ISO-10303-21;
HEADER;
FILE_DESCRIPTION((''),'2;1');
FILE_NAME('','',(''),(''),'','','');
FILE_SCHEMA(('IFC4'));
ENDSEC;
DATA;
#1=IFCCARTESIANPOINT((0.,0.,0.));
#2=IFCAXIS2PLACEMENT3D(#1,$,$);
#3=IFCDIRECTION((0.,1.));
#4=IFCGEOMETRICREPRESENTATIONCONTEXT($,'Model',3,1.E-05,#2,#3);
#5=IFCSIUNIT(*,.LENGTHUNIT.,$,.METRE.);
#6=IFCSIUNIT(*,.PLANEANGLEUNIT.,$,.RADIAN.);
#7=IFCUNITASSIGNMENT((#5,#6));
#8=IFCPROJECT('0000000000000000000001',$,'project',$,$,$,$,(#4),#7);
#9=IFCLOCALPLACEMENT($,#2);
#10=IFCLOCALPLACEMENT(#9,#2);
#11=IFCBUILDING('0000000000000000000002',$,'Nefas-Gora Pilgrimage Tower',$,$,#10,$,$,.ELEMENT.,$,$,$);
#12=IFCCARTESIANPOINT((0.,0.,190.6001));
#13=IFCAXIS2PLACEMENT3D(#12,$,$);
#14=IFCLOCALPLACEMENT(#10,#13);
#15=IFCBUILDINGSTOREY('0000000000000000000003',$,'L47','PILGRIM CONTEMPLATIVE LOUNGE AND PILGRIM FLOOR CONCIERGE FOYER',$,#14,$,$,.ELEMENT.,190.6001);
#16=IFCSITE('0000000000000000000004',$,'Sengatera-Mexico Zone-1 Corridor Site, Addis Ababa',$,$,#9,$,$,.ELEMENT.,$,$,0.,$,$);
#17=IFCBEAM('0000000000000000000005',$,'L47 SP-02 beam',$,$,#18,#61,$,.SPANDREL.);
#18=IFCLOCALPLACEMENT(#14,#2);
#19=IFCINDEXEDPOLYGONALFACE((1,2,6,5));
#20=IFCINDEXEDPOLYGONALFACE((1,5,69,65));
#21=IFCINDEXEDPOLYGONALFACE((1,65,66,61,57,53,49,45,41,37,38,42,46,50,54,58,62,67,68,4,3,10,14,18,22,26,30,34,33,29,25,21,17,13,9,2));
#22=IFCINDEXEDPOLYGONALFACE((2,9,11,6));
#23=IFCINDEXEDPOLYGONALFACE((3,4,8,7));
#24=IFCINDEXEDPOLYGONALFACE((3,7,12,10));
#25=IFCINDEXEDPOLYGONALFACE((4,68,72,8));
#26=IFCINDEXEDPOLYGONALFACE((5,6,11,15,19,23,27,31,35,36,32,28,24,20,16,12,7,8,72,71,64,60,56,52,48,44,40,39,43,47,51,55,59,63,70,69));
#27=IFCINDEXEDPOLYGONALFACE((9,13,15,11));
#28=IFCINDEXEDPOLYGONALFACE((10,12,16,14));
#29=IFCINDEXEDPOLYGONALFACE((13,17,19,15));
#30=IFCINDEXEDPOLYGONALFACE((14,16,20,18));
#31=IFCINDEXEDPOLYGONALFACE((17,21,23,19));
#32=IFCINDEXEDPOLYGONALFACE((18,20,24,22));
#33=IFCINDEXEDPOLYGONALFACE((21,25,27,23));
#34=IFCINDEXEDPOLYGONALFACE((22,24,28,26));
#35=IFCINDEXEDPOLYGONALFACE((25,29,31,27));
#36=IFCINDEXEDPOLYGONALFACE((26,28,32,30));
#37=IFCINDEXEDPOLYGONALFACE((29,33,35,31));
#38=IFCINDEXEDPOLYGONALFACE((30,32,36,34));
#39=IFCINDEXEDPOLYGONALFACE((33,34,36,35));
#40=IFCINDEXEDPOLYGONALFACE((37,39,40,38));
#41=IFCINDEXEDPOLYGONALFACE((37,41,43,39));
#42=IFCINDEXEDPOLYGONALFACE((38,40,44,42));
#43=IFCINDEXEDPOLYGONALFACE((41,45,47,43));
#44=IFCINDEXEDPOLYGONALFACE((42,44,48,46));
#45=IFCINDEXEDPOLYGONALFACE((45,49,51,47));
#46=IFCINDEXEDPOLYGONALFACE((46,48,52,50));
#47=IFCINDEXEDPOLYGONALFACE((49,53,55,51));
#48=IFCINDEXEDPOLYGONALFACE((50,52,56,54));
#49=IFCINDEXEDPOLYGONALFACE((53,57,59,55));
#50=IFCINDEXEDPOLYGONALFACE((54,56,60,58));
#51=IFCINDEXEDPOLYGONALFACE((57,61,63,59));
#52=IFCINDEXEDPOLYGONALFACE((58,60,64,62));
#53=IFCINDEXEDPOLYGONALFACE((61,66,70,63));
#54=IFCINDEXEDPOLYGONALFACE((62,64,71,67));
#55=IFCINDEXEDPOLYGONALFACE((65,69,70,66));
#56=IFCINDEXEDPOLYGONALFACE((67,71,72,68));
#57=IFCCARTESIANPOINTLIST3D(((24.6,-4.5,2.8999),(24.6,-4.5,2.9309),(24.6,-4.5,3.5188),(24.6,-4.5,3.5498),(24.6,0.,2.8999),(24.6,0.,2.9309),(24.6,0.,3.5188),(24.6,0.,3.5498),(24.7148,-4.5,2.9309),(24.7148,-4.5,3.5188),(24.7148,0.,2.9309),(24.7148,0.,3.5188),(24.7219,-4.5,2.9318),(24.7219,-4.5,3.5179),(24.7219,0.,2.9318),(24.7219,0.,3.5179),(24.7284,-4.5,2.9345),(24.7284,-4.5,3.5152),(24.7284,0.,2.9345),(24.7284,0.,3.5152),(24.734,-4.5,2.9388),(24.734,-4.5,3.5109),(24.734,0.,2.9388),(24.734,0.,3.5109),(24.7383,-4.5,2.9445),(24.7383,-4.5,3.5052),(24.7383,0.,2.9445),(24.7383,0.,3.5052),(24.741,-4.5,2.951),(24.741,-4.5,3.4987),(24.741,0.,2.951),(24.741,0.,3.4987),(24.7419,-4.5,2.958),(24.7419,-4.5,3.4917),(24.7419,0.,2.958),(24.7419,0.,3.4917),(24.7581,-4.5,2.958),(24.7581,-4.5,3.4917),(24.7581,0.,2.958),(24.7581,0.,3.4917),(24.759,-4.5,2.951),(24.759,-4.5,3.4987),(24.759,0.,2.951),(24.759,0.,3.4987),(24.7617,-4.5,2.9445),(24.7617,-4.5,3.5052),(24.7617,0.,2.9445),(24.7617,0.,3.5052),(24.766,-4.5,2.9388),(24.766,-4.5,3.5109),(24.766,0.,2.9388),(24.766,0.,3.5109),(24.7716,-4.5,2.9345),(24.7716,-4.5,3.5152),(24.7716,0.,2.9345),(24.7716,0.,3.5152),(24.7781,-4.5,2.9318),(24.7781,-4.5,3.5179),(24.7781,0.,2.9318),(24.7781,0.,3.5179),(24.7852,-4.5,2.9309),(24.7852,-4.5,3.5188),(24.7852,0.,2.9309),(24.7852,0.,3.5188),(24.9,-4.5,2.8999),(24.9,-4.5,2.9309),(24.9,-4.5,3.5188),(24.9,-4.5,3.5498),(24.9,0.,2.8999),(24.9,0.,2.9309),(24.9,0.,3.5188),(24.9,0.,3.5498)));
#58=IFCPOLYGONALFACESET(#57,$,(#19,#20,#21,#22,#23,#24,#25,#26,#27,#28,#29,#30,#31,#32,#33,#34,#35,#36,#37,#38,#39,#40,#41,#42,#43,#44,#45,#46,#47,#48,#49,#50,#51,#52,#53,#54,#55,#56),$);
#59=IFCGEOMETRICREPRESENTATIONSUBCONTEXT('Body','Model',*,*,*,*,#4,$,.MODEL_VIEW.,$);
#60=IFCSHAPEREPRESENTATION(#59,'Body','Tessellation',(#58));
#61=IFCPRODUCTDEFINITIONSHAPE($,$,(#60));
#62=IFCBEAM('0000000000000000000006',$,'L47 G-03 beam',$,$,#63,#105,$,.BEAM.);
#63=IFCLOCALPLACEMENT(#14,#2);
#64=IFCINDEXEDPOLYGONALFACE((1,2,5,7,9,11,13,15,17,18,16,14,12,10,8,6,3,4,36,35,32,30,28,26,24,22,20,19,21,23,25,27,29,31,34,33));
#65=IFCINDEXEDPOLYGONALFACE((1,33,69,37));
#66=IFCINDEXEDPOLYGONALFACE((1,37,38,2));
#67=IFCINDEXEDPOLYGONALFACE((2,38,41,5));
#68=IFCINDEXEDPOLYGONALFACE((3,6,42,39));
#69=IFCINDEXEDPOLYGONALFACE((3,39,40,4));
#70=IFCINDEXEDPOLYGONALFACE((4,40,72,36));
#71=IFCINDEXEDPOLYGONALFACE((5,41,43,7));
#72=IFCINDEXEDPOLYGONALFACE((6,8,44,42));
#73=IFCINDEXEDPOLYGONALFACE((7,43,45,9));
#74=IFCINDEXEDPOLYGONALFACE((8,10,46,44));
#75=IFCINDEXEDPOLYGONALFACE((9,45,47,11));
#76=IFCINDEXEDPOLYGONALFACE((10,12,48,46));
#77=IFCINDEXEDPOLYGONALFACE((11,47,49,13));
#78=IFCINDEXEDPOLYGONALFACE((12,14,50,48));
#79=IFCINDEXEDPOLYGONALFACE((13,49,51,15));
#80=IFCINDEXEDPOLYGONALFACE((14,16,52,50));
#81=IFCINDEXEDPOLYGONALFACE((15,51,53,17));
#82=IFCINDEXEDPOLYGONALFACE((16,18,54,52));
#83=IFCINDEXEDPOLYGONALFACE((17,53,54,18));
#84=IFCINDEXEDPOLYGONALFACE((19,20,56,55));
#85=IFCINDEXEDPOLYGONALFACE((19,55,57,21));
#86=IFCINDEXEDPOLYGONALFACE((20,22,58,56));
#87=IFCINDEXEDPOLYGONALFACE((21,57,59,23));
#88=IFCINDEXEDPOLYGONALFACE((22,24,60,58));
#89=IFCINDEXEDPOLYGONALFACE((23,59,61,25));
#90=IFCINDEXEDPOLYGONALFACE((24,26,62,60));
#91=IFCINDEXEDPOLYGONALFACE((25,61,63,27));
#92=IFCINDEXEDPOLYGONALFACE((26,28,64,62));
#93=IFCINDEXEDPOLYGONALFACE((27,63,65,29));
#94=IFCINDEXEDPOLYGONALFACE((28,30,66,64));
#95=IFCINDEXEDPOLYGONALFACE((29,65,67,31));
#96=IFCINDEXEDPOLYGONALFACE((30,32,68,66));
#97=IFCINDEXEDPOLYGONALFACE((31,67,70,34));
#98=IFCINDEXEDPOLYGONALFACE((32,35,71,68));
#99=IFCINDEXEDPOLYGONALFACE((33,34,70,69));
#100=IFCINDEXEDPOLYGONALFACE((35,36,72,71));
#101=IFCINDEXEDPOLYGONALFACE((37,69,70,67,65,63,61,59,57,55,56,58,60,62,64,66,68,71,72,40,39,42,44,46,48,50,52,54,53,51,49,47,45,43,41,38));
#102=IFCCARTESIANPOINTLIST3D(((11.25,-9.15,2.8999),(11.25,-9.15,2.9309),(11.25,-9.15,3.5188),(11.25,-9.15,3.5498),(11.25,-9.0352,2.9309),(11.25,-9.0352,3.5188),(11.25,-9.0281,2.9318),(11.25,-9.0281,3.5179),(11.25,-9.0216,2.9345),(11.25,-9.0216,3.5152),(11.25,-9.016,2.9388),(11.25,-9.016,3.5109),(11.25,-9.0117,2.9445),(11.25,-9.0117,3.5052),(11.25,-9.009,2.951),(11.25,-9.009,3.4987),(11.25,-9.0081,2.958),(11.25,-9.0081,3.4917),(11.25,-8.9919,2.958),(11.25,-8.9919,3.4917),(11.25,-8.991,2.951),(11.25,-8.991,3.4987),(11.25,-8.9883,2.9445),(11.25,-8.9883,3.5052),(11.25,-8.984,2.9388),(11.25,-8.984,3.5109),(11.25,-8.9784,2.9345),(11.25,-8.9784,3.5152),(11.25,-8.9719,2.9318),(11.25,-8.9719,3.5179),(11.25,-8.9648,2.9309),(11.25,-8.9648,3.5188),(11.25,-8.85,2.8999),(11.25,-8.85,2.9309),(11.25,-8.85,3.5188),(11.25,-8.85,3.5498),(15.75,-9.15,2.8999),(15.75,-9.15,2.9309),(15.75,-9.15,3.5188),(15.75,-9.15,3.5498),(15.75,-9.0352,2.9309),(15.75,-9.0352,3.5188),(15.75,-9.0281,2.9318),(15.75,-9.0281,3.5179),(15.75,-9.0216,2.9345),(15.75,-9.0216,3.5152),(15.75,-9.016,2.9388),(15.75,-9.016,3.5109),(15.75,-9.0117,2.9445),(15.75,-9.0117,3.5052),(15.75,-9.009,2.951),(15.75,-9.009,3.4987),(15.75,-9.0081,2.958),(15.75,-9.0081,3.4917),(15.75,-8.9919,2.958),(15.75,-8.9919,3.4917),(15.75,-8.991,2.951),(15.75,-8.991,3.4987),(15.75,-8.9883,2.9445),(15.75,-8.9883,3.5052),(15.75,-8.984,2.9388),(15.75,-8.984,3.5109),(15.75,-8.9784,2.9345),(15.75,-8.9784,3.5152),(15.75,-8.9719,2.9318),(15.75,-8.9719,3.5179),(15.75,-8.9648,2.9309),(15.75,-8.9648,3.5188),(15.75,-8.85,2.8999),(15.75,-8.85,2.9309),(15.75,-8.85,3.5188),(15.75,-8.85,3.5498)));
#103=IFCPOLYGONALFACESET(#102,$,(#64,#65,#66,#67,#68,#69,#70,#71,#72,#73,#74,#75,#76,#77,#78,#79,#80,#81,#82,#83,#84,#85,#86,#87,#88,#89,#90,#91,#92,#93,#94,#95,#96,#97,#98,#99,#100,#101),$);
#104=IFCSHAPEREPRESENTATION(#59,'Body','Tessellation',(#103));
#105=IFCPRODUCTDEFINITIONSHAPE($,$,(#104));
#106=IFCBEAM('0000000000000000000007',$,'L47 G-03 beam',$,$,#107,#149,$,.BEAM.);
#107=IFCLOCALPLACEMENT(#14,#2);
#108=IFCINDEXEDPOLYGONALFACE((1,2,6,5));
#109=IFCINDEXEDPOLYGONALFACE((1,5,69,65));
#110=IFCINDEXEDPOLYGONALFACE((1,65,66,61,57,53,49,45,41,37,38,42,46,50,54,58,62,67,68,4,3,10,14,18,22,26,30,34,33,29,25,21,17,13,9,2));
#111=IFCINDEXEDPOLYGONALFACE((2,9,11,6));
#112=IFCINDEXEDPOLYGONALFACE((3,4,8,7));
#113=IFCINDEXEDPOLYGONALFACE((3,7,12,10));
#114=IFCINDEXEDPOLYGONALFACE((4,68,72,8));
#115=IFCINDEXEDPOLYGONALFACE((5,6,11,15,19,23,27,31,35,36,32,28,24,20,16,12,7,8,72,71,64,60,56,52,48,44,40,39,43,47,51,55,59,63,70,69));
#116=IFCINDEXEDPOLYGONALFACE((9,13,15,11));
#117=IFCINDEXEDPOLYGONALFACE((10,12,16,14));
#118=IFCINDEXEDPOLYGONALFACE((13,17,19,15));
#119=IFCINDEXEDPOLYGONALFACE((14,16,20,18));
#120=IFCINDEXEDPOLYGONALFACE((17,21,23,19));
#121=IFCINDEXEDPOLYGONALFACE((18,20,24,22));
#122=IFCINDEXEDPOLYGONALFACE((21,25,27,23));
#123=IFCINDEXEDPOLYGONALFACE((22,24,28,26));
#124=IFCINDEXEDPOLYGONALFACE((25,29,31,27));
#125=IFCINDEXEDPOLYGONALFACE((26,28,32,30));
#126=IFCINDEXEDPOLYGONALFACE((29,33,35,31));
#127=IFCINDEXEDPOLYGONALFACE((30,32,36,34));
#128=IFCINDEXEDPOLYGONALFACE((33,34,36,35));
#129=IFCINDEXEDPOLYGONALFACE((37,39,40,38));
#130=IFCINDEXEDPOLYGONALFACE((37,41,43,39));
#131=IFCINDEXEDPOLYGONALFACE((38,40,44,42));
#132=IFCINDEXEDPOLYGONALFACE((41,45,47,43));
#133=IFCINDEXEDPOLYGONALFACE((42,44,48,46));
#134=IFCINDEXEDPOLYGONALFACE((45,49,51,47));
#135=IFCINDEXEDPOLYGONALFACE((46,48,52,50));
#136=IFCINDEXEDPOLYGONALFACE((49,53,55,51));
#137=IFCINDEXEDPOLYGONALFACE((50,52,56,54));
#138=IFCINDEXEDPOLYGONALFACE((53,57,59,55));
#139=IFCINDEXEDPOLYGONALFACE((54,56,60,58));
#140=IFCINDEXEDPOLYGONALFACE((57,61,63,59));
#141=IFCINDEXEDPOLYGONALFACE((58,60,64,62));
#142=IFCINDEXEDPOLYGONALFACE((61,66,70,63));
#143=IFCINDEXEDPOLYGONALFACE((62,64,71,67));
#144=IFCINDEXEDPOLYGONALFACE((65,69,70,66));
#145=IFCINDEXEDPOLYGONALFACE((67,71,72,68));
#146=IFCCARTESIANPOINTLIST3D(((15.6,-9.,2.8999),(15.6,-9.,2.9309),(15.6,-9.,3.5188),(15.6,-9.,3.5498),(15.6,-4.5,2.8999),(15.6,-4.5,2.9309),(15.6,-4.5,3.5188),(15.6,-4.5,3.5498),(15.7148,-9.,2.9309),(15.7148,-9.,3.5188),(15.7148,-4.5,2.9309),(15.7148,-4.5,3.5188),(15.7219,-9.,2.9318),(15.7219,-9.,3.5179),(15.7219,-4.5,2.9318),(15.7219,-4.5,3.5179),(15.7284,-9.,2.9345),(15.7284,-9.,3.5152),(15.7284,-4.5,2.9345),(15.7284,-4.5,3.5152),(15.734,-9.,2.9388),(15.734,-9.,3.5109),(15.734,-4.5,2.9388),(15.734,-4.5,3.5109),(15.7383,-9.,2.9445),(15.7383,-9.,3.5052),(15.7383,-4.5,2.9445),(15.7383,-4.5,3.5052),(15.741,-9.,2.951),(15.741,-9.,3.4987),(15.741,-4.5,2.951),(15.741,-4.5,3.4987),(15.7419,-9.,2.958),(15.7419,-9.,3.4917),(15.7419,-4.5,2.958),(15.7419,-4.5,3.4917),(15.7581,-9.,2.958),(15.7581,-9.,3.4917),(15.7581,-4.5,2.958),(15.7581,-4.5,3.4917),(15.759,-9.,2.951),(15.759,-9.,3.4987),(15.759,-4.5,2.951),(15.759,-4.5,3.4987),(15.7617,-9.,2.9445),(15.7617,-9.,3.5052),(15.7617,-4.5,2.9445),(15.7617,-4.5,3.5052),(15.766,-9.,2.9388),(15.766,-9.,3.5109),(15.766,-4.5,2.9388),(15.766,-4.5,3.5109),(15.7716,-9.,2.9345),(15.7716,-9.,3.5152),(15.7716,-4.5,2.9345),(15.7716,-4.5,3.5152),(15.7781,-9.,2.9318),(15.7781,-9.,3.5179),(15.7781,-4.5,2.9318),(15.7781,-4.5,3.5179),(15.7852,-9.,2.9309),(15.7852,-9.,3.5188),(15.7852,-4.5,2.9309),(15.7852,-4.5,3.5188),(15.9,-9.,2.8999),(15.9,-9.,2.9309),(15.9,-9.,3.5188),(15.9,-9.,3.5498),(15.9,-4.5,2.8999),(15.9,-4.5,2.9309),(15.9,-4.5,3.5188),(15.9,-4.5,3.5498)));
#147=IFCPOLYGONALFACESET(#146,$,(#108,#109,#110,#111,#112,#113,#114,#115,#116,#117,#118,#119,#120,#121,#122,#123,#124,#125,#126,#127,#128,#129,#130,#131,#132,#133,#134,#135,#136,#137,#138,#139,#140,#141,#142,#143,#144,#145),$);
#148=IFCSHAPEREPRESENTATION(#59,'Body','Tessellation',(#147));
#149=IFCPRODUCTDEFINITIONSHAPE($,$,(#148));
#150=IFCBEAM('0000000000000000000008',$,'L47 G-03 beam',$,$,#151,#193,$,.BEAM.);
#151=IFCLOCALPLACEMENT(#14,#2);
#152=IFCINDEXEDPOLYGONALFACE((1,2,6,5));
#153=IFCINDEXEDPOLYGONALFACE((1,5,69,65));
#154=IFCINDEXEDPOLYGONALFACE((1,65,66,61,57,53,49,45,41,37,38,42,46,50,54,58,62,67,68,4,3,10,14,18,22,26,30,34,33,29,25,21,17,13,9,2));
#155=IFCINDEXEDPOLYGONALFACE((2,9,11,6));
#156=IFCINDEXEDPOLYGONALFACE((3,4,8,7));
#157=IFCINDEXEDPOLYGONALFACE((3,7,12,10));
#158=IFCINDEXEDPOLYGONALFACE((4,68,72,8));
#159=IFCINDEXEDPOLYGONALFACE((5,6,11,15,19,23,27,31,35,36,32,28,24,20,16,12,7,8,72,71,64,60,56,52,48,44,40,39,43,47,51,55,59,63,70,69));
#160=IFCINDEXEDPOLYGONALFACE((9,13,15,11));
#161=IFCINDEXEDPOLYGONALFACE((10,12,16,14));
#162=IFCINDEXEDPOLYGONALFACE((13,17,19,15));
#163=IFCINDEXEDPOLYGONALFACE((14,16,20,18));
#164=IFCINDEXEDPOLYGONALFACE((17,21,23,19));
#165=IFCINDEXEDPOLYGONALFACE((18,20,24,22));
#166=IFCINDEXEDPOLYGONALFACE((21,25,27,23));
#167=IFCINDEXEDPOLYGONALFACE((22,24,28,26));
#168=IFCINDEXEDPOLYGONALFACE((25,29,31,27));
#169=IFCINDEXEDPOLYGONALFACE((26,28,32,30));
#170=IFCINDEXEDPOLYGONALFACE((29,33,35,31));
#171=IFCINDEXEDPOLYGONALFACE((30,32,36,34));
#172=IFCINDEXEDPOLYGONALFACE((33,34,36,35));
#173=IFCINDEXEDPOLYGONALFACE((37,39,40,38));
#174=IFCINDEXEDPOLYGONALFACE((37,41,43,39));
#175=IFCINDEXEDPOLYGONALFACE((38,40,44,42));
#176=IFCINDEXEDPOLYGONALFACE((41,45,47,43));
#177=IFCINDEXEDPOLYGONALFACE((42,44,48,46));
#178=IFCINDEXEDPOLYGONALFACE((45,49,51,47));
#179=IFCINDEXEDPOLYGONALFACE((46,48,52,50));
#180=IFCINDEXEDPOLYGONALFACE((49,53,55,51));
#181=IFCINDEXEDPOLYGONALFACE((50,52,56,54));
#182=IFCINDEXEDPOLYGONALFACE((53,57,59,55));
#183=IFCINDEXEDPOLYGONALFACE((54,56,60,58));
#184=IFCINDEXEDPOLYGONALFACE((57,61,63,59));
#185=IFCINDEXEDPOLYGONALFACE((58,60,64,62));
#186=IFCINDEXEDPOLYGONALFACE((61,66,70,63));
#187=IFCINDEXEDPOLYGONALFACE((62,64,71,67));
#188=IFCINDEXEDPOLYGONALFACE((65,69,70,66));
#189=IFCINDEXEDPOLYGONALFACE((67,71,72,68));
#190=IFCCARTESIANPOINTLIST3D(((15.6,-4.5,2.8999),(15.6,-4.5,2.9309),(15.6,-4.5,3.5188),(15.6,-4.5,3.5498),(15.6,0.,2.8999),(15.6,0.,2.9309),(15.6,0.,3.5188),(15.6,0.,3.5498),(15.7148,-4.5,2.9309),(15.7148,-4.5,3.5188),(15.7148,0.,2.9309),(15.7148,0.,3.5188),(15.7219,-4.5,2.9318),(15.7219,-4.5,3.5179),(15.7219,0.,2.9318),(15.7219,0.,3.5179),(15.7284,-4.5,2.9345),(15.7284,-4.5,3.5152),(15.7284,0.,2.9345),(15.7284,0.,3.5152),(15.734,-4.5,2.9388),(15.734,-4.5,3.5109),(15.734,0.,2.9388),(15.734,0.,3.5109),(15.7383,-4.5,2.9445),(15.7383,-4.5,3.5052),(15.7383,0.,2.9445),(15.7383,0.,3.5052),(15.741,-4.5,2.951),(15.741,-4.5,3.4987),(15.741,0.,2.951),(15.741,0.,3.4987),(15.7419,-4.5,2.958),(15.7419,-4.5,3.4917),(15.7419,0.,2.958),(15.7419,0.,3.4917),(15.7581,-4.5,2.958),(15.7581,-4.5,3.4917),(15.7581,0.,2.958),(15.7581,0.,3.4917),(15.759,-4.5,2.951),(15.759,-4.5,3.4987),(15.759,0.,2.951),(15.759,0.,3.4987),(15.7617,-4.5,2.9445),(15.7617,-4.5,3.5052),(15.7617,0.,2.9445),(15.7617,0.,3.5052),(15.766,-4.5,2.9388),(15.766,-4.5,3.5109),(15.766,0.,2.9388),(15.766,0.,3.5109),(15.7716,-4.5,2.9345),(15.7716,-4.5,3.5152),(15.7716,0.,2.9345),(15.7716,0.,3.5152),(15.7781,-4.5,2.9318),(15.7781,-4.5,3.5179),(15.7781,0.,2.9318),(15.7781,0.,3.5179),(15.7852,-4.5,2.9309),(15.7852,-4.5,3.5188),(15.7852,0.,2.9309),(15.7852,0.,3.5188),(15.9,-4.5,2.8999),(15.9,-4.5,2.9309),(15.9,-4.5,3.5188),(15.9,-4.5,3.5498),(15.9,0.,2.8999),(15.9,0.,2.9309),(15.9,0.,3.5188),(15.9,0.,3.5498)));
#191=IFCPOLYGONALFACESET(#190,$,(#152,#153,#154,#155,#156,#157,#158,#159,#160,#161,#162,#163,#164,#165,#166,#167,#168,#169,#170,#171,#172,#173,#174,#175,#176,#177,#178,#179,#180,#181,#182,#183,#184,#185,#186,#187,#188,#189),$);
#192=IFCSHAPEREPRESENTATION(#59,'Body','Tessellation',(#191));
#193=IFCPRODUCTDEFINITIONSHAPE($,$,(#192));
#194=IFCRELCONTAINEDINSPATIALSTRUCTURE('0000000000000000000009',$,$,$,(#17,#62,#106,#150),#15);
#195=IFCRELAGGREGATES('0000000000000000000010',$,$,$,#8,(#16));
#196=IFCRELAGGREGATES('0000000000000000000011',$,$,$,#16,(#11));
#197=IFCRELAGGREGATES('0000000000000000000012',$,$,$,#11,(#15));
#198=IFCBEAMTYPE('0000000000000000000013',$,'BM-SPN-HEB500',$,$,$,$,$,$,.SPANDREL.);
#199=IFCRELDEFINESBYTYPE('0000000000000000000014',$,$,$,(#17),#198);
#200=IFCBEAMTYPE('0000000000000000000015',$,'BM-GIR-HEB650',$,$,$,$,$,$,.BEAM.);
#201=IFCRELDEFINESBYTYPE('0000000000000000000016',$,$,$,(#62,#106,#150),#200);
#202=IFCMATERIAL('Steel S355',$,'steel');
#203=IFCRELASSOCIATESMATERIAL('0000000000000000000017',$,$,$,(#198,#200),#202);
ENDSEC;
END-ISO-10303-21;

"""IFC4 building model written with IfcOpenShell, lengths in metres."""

from ifc_helpers import new_model, si_unit, direction, frame, origin, origin_2d, place, context, subcontext, project, spatial, i_section, extrude, source, transform, mapped, material, material_profile, profile_set, type_object, element, save


model = new_model("IFC4")

# Units and contexts
model_context = context("Model", 3, precision=1e-05, world=origin(), true_north=direction((0.0, 1.0)))
body_context = subcontext(model_context, "Body", "Model", "MODEL_VIEW")
ifc_project = project(units=[si_unit("LENGTHUNIT", "METRE"), si_unit("PLANEANGLEUNIT", "RADIAN")], contexts=[model_context])

# Site, building, storey
site_placement = place(None, origin())
site = spatial("IfcSite", under=ifc_project, at=site_placement, Name="Sengatera-Mexico Zone-1 Corridor Site, Addis Ababa", CompositionType="ELEMENT", RefElevation=0.0)
building_placement = place(site_placement, origin())
building = spatial("IfcBuilding", under=site, at=building_placement, Name="Nefas-Gora Pilgrimage Tower", CompositionType="ELEMENT")
storey_placement = place(building_placement, frame((0.0, 0.0, 190.6001)))
storey = spatial("IfcBuildingStorey", under=building, at=storey_placement, Name="L47", Description="PILGRIM CONTEMPLATIVE LOUNGE AND PILGRIM FLOOR CONCIERGE FOYER", CompositionType="ELEMENT", Elevation=190.6001)

# Beams
ifc_material_1 = material(Name="Steel S355", Category="steel")
ifc_material_profile_1 = material_profile(ifc_material_1, i_section(OverallWidth=0.3, OverallDepth=0.6499, WebThickness=0.0161, FlangeThickness=0.031, FilletRadius=0.0271, at=origin_2d()), Name="HEB 650")
ifc_profile_set_1 = profile_set([ifc_material_profile_1], Name="Steel S355")
beam_type_1 = type_object("IfcBeamType", Name="BM-SPN-HEB500", PredefinedType="SPANDREL", material=ifc_profile_set_1)
shared_shape_1 = source(origin(), body_context, "Body", "SweptSolid", [
    extrude(i_section(OverallWidth=0.3, OverallDepth=0.6499, WebThickness=0.0161, FlangeThickness=0.031, FilletRadius=0.0271, at=origin_2d()), origin(), (0.0, 0.0, 1.0), 4.5),
])
for number, where, z_axis, x_axis, name in (
    (1, (24.75, -4.5, 3.2249), (0.0, 1.0, 0.0), (-1.0, 0.0, 0.0), "L47 SP-02 beam"),
):
    element("IfcBeam", number, at=place(storey_placement, frame(where, z_axis=z_axis, x_axis=x_axis)), inside=storey, type_object=beam_type_1, Name=name, PredefinedType="SPANDREL", context=body_context, shape_type="MappedRepresentation", body=[
        mapped(shared_shape_1, transform((0.0, 0.0, 0.0), x_axis=(1.0, 0.0, 0.0), y_axis=(0.0, 1.0, 0.0), z_axis=(0.0, 0.0, 1.0), scale=1.0)),
    ])
ifc_material_profile_2 = material_profile(ifc_material_1, i_section(OverallWidth=0.3, OverallDepth=0.6499, WebThickness=0.0161, FlangeThickness=0.031, FilletRadius=0.0271, at=origin_2d()), Name="HEB 650")
ifc_profile_set_2 = profile_set([ifc_material_profile_2], Name="Steel S355")
beam_type_2 = type_object("IfcBeamType", Name="BM-GIR-HEB650", PredefinedType="BEAM", material=ifc_profile_set_2)
shared_shape_2 = source(origin(), body_context, "Body", "SweptSolid", [
    extrude(i_section(OverallWidth=0.3, OverallDepth=0.6499, WebThickness=0.0161, FlangeThickness=0.031, FilletRadius=0.0271, at=origin_2d()), origin(), (0.0, 0.0, 1.0), 4.5),
])
for number, where, z_axis, x_axis, name in (
    (2, (11.25, -9.0, 3.2249), (1.0, 0.0, 0.0), (0.0, 1.0, 0.0), "L47 G-03 beam"),
    (3, (15.75, -9.0, 3.2249), (0.0, 1.0, 0.0), (-1.0, 0.0, 0.0), "L47 G-03 beam"),
    (4, (15.75, -4.5, 3.2249), (0.0, 1.0, 0.0), (-1.0, 0.0, 0.0), "L47 G-03 beam"),
):
    element("IfcBeam", number, at=place(storey_placement, frame(where, z_axis=z_axis, x_axis=x_axis)), inside=storey, type_object=beam_type_2, Name=name, PredefinedType="BEAM", context=body_context, shape_type="MappedRepresentation", body=[
        mapped(shared_shape_2, transform((0.0, 0.0, 0.0), x_axis=(1.0, 0.0, 0.0), y_axis=(0.0, 1.0, 0.0), z_axis=(0.0, 0.0, 1.0), scale=1.0)),
    ])

save(model, "model.ifc")
